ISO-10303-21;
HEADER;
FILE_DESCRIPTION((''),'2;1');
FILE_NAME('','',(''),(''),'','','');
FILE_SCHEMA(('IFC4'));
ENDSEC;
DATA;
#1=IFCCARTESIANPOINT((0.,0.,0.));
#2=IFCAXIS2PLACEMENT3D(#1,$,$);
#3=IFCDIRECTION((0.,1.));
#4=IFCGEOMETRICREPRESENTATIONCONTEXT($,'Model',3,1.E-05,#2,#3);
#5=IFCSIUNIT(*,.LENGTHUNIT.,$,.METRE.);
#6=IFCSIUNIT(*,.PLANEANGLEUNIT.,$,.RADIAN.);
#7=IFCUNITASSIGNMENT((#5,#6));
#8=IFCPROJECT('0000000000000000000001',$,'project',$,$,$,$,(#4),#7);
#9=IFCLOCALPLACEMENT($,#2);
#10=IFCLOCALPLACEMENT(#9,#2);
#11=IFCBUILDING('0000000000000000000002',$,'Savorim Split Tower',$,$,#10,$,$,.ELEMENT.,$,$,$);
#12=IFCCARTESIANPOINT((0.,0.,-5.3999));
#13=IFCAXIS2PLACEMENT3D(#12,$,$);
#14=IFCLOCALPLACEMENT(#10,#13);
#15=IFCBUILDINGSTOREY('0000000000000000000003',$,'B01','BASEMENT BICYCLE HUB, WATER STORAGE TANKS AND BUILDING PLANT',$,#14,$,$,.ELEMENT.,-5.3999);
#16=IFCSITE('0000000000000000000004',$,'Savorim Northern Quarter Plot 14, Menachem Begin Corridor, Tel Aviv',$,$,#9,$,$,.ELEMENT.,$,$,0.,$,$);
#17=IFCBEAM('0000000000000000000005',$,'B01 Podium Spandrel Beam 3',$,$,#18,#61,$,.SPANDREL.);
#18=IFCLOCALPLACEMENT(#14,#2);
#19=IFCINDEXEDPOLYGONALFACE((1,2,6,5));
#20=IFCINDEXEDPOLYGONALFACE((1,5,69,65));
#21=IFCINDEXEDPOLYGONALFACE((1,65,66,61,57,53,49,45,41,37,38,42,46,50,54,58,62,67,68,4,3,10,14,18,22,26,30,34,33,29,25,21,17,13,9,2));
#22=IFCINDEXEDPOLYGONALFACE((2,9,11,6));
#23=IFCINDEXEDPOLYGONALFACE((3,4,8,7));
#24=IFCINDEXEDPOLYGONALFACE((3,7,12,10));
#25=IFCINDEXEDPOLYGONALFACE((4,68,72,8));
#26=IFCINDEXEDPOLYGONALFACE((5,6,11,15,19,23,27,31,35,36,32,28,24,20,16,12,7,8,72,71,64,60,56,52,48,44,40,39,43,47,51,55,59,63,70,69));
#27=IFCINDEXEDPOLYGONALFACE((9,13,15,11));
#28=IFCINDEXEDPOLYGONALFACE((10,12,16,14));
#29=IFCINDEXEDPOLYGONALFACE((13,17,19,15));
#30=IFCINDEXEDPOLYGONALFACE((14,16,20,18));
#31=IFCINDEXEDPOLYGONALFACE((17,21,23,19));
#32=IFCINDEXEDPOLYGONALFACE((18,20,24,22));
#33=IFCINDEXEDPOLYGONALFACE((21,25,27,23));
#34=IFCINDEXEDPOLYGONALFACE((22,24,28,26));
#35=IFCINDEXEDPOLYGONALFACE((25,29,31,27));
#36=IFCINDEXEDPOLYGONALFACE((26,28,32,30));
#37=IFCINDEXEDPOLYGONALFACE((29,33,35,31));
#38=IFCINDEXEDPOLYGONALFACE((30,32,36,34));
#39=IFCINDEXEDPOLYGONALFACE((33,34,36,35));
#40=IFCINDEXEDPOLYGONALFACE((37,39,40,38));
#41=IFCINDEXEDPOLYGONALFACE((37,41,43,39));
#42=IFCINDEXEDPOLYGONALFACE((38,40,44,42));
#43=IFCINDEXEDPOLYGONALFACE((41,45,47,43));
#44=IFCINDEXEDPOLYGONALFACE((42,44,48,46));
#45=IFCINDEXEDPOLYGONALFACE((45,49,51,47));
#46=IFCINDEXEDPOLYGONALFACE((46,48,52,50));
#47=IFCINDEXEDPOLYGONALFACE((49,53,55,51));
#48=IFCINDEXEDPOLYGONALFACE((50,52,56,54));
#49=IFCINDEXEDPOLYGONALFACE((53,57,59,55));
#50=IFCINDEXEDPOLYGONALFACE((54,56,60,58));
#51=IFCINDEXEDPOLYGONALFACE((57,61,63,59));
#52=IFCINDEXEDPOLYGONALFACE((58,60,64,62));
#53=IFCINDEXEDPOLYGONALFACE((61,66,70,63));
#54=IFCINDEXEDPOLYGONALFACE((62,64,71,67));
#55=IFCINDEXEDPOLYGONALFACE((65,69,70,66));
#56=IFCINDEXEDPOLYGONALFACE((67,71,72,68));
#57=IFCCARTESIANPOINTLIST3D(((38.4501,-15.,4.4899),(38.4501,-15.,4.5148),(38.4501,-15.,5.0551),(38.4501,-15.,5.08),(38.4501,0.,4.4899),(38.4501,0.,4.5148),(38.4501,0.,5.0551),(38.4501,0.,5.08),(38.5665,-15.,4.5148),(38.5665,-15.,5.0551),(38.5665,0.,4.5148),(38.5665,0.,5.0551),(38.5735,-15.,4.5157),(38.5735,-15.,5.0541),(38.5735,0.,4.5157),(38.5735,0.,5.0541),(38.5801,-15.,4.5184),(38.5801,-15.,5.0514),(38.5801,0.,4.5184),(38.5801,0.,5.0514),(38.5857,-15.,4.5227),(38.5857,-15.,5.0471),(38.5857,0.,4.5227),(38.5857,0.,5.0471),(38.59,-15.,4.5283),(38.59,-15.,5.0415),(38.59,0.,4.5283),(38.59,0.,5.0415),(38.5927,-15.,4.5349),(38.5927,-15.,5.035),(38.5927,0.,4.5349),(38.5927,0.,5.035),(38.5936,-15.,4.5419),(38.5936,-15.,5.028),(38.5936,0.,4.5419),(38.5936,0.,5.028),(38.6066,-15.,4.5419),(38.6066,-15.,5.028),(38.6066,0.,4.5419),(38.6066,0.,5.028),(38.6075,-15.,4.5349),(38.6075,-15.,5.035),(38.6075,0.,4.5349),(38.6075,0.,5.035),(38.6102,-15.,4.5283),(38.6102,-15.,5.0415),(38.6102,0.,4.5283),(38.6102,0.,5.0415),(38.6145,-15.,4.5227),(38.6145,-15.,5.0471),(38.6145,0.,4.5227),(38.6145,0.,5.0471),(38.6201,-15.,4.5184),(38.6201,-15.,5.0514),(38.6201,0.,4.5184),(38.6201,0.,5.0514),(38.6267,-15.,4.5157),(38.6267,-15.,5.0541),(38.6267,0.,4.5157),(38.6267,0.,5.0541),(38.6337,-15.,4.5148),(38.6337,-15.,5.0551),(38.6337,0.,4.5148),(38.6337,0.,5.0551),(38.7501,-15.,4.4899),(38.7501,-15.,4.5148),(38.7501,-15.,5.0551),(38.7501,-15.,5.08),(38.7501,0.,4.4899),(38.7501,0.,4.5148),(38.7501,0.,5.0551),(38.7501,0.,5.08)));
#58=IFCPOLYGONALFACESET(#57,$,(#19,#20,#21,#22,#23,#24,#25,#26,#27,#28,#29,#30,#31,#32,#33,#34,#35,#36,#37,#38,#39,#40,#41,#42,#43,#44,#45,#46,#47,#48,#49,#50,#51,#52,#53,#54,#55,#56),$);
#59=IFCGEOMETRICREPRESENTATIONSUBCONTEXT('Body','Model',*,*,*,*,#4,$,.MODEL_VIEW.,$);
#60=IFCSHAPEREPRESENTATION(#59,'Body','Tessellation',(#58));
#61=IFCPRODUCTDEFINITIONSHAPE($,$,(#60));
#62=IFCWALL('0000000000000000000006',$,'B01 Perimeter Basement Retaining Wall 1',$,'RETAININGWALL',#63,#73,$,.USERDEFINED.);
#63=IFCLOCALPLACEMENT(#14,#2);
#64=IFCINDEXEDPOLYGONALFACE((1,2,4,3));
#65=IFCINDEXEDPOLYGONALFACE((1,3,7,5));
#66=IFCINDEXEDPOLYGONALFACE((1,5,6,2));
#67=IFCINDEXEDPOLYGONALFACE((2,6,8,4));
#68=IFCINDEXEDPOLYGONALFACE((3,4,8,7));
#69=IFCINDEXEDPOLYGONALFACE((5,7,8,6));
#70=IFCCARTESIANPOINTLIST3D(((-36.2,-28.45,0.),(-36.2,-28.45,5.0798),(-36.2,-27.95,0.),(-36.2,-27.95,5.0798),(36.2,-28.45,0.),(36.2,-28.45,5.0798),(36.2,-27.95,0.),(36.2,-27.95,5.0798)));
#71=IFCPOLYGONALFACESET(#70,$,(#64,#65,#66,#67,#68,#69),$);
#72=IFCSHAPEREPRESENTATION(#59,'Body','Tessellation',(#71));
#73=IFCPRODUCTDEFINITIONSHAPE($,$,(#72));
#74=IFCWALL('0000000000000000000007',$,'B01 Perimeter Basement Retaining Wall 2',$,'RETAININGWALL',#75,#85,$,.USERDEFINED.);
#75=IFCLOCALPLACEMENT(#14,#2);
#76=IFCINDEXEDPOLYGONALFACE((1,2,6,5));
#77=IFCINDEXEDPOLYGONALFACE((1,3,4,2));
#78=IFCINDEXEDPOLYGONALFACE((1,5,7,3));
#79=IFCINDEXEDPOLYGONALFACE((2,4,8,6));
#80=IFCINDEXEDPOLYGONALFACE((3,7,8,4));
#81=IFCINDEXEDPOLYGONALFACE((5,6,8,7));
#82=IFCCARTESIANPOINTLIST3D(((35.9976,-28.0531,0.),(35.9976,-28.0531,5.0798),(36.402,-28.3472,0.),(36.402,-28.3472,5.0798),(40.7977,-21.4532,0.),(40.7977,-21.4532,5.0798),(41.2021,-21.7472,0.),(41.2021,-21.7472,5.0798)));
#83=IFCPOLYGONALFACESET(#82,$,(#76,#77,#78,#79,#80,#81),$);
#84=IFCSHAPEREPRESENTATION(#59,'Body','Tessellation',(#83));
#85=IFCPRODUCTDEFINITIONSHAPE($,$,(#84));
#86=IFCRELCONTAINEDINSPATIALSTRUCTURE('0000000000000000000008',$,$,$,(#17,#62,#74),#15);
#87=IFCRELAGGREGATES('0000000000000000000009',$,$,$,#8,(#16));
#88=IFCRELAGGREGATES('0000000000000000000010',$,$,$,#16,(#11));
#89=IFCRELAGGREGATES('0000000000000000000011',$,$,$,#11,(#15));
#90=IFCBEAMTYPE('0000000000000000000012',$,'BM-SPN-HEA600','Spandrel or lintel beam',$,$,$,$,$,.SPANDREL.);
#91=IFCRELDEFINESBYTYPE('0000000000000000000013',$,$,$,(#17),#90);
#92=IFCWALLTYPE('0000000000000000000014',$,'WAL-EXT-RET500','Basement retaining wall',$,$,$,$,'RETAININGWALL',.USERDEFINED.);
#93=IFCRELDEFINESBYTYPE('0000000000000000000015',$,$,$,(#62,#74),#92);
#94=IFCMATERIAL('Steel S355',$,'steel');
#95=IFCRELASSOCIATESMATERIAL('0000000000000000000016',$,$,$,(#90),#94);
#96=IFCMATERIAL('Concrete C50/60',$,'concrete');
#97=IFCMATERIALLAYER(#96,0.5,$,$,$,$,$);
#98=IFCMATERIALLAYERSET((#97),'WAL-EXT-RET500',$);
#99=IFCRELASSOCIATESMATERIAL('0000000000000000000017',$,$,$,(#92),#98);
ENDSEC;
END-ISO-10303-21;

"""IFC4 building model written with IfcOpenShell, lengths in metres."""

from ifc_helpers import new_model, si_unit, direction, frame, frame_2d, origin, origin_2d, place, context, subcontext, project, spatial, rectangle, i_section, extrude, material, layer, layer_set, material_profile, profile_set, type_object, element, save


model = new_model("IFC4")

# Units and contexts
model_context = context("Model", 3, precision=1e-05, world=origin(), true_north=direction((0.0, 1.0)))
body_context = subcontext(model_context, "Body", "Model", "MODEL_VIEW")
ifc_project = project(units=[si_unit("LENGTHUNIT", "METRE"), si_unit("PLANEANGLEUNIT", "RADIAN")], contexts=[model_context])

# Site, building, storey
site_placement = place(None, origin())
site = spatial("IfcSite", under=ifc_project, at=site_placement, Name="Savorim Northern Quarter Plot 14, Menachem Begin Corridor, Tel Aviv", CompositionType="ELEMENT", RefElevation=0.0)
building_placement = place(site_placement, origin())
building = spatial("IfcBuilding", under=site, at=building_placement, Name="Savorim Split Tower", CompositionType="ELEMENT")
storey_placement = place(building_placement, frame((0.0, 0.0, -5.3999)))
storey = spatial("IfcBuildingStorey", under=building, at=storey_placement, Name="B01", Description="BASEMENT BICYCLE HUB, WATER STORAGE TANKS AND BUILDING PLANT", CompositionType="ELEMENT", Elevation=-5.3999)

# Shared definitions
ifc_material_1 = material(Name="Concrete C50/60", Category="concrete")

# Beam
ifc_material_2 = material(Name="Steel S355", Category="steel")
ifc_material_profile_1 = material_profile(ifc_material_2, i_section(OverallWidth=0.3, OverallDepth=0.5901, WebThickness=0.0129, FlangeThickness=0.0249, FilletRadius=0.0271, at=origin_2d()), Name="HEA 600")
ifc_profile_set_1 = profile_set([ifc_material_profile_1], Name="Steel S355")
beam_type_1 = type_object("IfcBeamType", Name="BM-SPN-HEA600", Description="Spandrel or lintel beam", PredefinedType="SPANDREL", material=ifc_profile_set_1)
beam_1_placement = place(storey_placement, frame((38.6001, -15.0, 4.7849), z_axis=(0.0, 1.0, 0.0), x_axis=(-1.0, 0.0, 0.0)))
element("IfcBeam", 1, at=beam_1_placement, inside=storey, type_object=beam_type_1, Name="B01 Podium Spandrel Beam 3", PredefinedType="SPANDREL", context=body_context, shape_type="SweptSolid", body=[
    extrude(i_section(OverallWidth=0.3, OverallDepth=0.5901, WebThickness=0.0129, FlangeThickness=0.0249, FilletRadius=0.0271, at=origin_2d()), origin(), (0.0, 0.0, 1.0), 15.0),
])

# Walls
ifc_layer = layer(ifc_material_1, 0.5)
ifc_layer_set = layer_set([ifc_layer], Name="WAL-EXT-RET500")
wall_type = type_object("IfcWallType", Name="WAL-EXT-RET500", Description="Basement retaining wall", ElementType="RETAININGWALL", PredefinedType="USERDEFINED", material=ifc_layer_set)
wall_1_placement = place(storey_placement, frame((36.2, -28.2, 0.0), z_axis=(0.0, 0.0, 1.0), x_axis=(-1.0, 0.0, 0.0)))
element("IfcWall", 2, at=wall_1_placement, inside=storey, type_object=wall_type, Name="B01 Perimeter Basement Retaining Wall 1", ObjectType="RETAININGWALL", PredefinedType="USERDEFINED", context=body_context, shape_type="SweptSolid", body=[
    extrude(rectangle(XDim=72.3999, YDim=0.5, at=frame_2d((36.2, 0.0))), origin(), (0.0, 0.0, 1.0), 5.0798),
])
wall_2_placement = place(storey_placement, frame((41.0, -21.6001, 0.0), z_axis=(0.0, 0.0, 1.0), x_axis=(-0.588184, -0.808727, 0.0)))
element("IfcWall", 3, at=wall_2_placement, inside=storey, type_object=wall_type, Name="B01 Perimeter Basement Retaining Wall 2", ObjectType="RETAININGWALL", PredefinedType="USERDEFINED", context=body_context, shape_type="SweptSolid", body=[
    extrude(rectangle(XDim=8.1609, YDim=0.5, at=frame_2d((4.0806, 0.0))), origin(), (0.0, 0.0, 1.0), 5.0798),
])

save(model, "model.ifc")
